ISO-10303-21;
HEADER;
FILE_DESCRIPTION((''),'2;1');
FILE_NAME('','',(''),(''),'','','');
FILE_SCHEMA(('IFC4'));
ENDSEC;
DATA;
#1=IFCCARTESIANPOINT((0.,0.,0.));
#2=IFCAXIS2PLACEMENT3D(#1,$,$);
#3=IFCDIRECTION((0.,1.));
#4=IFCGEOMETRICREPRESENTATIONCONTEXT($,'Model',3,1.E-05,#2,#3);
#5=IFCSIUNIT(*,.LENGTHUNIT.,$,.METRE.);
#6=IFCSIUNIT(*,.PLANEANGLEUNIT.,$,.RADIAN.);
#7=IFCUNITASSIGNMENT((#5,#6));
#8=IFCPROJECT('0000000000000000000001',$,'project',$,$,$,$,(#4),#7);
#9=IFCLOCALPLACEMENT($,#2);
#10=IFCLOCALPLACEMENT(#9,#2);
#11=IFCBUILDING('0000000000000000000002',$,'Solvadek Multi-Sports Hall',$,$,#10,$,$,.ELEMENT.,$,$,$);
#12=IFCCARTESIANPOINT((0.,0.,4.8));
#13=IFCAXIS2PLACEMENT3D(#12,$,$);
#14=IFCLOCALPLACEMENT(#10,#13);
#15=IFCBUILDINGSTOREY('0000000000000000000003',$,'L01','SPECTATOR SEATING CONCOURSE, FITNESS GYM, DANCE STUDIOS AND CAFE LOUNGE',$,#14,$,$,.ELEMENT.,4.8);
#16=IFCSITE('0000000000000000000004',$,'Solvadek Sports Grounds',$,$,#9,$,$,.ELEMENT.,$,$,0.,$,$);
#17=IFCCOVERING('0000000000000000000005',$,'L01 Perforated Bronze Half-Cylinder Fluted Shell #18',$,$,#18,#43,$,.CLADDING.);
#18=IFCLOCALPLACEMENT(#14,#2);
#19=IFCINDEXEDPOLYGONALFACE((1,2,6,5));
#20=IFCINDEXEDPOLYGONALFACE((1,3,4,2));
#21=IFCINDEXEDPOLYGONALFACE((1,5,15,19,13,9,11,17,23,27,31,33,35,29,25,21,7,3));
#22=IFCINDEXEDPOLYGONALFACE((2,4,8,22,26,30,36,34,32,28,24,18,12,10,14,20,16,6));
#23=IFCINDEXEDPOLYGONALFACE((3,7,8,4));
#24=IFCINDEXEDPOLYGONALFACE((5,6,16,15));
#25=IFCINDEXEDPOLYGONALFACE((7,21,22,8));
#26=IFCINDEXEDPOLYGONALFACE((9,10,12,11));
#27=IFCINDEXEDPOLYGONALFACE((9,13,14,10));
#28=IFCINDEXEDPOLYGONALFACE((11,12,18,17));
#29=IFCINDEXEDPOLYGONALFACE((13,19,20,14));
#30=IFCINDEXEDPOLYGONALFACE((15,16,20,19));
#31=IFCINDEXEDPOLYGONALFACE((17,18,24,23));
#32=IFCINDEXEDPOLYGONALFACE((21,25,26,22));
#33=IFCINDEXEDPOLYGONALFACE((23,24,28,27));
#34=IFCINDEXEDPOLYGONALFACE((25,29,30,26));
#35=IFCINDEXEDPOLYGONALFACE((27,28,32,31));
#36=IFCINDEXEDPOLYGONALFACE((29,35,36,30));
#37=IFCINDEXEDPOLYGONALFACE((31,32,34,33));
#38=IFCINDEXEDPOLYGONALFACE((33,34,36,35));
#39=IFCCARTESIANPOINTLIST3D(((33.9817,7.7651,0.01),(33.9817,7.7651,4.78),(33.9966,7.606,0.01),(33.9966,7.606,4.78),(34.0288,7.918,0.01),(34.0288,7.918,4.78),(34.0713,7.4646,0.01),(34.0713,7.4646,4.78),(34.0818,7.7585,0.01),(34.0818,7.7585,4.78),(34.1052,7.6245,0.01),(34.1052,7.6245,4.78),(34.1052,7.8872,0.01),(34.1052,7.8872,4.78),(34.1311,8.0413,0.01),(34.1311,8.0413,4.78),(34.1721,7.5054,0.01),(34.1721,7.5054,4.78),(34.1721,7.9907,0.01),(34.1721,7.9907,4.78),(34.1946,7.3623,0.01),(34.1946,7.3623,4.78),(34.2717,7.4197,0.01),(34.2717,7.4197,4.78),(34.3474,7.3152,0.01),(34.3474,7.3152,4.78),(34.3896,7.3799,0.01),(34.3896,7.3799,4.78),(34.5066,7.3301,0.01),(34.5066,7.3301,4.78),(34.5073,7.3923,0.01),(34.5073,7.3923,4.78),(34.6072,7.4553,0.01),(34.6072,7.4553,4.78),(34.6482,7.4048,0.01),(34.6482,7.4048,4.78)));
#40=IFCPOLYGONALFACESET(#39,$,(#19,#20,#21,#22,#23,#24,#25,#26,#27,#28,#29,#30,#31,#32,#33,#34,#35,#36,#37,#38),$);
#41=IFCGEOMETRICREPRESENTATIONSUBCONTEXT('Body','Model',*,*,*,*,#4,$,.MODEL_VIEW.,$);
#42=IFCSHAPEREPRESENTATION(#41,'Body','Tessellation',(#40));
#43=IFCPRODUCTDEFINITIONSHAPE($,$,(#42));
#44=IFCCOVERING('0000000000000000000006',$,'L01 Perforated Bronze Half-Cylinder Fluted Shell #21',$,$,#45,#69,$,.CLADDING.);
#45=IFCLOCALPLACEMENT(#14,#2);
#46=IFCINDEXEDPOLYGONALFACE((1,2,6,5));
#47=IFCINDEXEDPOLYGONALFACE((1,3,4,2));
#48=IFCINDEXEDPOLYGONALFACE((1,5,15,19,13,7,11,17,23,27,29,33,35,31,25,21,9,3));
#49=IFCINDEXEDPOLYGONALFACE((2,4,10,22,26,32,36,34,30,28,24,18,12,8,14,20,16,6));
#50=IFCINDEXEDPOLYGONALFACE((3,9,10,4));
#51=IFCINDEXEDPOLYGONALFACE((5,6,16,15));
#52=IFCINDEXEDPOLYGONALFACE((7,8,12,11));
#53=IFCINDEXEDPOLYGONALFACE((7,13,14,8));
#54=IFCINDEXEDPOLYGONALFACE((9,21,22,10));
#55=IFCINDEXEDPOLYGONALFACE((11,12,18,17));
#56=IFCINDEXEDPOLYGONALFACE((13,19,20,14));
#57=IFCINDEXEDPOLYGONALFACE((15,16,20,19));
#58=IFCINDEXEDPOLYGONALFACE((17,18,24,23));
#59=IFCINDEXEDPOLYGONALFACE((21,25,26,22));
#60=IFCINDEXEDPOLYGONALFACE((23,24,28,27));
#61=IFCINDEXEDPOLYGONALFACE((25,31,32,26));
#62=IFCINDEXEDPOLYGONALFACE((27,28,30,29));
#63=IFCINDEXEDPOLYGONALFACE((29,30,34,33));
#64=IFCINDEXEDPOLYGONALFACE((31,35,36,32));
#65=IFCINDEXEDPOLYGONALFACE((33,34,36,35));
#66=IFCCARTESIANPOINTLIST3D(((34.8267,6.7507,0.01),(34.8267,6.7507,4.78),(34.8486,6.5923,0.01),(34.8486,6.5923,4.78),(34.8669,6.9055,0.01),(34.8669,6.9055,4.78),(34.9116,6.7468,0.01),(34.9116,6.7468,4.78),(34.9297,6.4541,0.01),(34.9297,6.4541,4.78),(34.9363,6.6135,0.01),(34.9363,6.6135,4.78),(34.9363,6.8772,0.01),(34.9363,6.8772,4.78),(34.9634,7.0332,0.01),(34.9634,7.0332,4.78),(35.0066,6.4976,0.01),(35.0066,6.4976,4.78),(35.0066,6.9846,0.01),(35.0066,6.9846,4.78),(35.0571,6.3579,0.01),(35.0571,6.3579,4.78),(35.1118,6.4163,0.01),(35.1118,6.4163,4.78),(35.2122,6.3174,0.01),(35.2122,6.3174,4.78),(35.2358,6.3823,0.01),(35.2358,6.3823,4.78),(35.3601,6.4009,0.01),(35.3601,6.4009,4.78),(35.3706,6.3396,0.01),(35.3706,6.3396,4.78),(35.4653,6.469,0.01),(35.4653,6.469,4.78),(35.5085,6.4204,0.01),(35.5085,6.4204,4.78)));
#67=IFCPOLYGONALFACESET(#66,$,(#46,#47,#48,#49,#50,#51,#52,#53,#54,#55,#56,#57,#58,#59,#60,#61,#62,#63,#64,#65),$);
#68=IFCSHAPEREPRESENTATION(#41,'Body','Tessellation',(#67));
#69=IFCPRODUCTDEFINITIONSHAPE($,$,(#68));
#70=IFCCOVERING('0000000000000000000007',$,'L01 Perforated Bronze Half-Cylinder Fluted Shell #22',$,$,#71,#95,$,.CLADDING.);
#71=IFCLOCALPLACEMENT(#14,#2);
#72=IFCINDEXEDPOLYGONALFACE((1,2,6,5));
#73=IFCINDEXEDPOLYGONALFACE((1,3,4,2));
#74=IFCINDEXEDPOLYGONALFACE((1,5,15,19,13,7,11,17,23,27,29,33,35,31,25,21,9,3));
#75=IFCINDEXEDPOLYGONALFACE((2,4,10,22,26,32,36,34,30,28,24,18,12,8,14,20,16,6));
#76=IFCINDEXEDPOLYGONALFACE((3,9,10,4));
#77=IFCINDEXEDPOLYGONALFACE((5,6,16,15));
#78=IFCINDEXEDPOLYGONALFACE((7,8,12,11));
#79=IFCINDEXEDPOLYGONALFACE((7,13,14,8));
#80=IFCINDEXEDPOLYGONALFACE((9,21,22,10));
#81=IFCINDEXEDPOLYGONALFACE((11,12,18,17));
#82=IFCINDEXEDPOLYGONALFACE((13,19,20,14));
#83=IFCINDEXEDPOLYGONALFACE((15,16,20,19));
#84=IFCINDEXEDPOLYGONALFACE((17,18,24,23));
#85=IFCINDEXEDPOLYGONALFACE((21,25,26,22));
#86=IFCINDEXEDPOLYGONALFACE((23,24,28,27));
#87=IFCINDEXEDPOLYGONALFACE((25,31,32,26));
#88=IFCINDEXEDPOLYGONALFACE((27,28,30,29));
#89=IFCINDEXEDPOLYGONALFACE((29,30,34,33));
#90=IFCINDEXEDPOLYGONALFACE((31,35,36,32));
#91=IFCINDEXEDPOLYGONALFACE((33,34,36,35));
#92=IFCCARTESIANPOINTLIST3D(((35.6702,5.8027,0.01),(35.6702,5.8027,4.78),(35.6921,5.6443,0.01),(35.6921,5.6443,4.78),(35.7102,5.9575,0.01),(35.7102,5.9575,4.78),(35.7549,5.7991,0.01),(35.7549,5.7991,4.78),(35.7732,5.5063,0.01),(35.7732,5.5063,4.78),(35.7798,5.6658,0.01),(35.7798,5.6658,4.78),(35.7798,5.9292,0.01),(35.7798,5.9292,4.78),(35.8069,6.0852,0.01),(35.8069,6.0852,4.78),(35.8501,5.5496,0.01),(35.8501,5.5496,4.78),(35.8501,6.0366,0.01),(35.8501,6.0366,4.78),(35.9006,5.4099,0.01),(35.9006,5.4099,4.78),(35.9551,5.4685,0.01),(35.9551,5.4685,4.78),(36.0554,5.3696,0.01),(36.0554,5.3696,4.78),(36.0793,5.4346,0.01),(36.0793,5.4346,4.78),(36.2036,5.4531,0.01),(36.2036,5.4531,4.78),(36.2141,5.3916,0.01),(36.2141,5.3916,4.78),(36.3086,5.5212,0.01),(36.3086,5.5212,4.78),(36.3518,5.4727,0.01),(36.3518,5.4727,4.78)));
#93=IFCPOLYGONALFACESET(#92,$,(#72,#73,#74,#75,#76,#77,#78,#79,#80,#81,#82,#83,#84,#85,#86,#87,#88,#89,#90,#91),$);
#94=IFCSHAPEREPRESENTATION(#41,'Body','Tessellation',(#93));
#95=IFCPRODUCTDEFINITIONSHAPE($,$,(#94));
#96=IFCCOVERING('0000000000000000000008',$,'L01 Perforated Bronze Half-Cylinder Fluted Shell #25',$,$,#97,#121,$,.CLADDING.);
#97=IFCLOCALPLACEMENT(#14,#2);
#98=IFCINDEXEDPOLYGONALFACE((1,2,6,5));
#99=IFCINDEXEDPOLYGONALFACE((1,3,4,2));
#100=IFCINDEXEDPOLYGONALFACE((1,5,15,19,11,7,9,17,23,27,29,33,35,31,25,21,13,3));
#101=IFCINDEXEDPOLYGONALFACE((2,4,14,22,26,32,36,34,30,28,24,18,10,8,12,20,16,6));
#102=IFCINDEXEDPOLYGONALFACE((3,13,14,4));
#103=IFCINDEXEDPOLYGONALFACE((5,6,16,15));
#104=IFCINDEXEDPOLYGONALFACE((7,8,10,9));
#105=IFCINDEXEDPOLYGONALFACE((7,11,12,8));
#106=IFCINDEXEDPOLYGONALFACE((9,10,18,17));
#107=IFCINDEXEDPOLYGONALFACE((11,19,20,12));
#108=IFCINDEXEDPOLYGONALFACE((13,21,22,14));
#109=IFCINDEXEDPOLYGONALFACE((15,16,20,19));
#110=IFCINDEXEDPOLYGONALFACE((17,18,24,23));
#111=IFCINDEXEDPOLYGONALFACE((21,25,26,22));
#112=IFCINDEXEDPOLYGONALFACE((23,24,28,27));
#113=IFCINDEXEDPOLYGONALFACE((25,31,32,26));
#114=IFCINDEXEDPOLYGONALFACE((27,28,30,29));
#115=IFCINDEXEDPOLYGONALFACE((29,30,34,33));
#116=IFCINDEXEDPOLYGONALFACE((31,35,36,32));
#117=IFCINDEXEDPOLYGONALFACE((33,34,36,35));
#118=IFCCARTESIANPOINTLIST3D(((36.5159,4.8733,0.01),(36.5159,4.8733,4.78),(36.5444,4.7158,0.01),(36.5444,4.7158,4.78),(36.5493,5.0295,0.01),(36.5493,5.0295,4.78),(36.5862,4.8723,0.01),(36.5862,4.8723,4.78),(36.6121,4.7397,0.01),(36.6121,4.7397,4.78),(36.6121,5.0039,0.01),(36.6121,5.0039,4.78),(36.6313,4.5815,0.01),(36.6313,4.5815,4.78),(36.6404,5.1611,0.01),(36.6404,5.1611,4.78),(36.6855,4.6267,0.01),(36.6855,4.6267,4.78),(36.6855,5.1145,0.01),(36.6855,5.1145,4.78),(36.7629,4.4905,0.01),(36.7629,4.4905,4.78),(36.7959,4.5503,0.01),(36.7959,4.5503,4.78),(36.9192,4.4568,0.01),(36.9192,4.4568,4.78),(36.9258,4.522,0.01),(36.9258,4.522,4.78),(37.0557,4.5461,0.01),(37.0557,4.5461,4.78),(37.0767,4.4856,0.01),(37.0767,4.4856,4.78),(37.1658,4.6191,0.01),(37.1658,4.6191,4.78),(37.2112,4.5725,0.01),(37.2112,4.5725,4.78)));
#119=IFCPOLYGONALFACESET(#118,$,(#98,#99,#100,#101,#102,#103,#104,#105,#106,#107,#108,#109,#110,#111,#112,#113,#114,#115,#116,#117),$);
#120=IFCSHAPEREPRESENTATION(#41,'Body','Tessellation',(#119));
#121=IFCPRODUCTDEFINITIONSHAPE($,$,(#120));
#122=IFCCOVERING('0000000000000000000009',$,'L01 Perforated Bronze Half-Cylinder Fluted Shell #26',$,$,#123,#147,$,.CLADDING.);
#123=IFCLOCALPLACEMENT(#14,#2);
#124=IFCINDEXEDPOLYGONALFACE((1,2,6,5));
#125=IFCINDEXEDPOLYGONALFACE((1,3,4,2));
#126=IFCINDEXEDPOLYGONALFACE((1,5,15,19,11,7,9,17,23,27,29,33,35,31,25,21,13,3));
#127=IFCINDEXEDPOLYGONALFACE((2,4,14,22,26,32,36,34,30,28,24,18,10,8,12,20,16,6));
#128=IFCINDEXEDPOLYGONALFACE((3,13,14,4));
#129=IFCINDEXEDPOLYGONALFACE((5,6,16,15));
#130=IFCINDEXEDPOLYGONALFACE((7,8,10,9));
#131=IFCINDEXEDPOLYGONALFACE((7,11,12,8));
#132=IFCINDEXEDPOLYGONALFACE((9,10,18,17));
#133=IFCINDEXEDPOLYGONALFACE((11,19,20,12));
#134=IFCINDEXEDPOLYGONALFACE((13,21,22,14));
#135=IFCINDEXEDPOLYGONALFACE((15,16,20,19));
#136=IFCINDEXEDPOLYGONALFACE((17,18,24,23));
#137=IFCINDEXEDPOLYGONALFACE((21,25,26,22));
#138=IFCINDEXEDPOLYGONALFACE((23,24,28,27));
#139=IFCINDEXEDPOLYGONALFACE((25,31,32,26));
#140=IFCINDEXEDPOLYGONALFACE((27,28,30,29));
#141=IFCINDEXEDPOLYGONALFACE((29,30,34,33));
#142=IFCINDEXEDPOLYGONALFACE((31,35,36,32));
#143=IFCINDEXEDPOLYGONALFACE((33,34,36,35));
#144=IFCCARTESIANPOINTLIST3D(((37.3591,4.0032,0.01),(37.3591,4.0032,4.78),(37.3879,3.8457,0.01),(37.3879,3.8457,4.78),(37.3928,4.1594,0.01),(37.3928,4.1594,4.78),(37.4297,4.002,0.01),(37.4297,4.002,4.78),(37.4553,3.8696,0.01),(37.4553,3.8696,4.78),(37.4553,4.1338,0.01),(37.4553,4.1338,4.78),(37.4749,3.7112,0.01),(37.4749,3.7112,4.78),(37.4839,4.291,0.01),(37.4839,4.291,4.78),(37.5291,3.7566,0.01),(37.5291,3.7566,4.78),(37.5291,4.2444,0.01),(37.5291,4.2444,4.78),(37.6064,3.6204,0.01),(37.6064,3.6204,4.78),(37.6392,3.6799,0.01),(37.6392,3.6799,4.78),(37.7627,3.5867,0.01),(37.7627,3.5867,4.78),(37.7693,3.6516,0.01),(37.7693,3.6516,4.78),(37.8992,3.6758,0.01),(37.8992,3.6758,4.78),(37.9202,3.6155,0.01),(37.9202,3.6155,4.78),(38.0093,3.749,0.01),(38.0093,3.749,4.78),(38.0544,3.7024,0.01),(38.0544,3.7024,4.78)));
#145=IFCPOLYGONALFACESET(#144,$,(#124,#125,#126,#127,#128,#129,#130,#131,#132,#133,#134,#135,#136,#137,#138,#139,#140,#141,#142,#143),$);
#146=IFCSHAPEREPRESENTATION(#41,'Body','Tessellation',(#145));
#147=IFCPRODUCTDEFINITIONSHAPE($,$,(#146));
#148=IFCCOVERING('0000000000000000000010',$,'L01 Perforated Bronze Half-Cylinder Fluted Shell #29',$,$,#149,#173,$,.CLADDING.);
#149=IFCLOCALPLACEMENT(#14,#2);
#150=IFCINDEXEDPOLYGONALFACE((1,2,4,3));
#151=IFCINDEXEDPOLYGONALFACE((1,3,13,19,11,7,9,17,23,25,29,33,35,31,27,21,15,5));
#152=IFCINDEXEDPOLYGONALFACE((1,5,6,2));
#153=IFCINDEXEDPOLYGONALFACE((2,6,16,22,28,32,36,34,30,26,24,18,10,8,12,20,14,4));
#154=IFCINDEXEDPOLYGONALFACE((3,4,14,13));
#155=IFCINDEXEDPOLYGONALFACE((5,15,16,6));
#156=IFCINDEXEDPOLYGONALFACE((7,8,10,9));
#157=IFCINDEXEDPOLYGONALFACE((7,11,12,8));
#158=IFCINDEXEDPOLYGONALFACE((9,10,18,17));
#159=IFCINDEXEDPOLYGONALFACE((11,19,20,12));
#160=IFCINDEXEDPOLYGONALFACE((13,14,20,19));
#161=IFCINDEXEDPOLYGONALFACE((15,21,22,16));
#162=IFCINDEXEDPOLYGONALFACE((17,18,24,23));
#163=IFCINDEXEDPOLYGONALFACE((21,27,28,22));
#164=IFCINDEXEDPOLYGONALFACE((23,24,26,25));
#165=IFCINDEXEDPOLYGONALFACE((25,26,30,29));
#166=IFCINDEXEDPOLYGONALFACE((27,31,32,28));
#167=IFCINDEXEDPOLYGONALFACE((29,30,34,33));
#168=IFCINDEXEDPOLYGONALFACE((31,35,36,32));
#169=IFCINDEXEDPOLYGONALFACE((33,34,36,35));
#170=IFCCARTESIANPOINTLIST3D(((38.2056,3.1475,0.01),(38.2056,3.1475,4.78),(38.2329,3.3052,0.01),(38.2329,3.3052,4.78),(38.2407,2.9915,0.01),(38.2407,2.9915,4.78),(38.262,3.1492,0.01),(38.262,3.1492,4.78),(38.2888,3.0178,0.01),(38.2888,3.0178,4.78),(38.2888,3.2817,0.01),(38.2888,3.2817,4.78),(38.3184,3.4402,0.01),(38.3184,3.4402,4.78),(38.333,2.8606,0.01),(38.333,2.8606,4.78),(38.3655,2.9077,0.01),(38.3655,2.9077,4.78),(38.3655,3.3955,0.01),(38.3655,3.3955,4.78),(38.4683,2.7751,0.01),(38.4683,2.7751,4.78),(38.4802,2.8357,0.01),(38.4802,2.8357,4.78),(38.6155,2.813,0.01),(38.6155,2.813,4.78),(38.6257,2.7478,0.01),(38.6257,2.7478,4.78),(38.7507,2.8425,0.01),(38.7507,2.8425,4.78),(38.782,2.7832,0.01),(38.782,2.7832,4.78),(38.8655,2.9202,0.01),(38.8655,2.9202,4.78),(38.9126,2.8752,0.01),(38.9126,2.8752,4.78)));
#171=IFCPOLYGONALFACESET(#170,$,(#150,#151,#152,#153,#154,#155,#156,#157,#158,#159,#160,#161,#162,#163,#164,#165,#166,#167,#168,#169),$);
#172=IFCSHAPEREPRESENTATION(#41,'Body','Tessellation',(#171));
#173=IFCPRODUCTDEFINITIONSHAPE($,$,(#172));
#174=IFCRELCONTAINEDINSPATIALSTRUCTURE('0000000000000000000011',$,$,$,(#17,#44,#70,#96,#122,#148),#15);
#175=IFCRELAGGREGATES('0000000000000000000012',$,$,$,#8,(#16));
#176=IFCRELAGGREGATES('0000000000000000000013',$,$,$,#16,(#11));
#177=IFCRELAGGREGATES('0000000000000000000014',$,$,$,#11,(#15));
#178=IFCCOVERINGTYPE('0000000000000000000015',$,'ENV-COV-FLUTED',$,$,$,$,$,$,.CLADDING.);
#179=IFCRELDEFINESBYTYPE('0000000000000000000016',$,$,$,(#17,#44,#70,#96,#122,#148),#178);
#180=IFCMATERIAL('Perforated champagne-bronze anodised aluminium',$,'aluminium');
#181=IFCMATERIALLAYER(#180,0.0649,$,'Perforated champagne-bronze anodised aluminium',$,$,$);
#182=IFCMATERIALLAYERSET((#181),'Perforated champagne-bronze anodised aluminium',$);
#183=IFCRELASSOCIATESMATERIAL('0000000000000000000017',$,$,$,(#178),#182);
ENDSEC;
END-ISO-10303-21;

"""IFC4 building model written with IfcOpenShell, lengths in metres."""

from ifc_helpers import new_model, si_unit, direction, frame, origin, place, context, subcontext, project, spatial, polyline, outline, extrude, material, layer, layer_set, type_object, element, save


model = new_model("IFC4")

# Units and contexts
model_context = context("Model", 3, precision=1e-05, world=origin(), true_north=direction((0.0, 1.0)))
body_context = subcontext(model_context, "Body", "Model", "MODEL_VIEW")
ifc_project = project(units=[si_unit("LENGTHUNIT", "METRE"), si_unit("PLANEANGLEUNIT", "RADIAN")], contexts=[model_context])

# Site, building, storey
site_placement = place(None, origin())
site = spatial("IfcSite", under=ifc_project, at=site_placement, Name="Solvadek Sports Grounds", CompositionType="ELEMENT", RefElevation=0.0)
building_placement = place(site_placement, origin())
building = spatial("IfcBuilding", under=site, at=building_placement, Name="Solvadek Multi-Sports Hall", CompositionType="ELEMENT")
storey_placement = place(building_placement, frame((0.0, 0.0, 4.8)))
storey = spatial("IfcBuildingStorey", under=building, at=storey_placement, Name="L01", Description="SPECTATOR SEATING CONCOURSE, FITNESS GYM, DANCE STUDIOS AND CAFE LOUNGE", CompositionType="ELEMENT", Elevation=4.8)

# Coverings
ifc_material = material(Name="Perforated champagne-bronze anodised aluminium", Category="aluminium")
ifc_layer = layer(ifc_material, 0.0649, Name="Perforated champagne-bronze anodised aluminium")
ifc_layer_set = layer_set([ifc_layer], Name="Perforated champagne-bronze anodised aluminium")
covering_type = type_object("IfcCoveringType", Name="ENV-COV-FLUTED", PredefinedType="CLADDING", material=ifc_layer_set)
covering_1_placement = place(storey_placement, frame((0.0, 0.0, 0.01)))
element("IfcCovering", 1, at=covering_1_placement, inside=storey, type_object=covering_type, Name="L01 Perforated Bronze Half-Cylinder Fluted Shell #18", PredefinedType="CLADDING", context=body_context, shape_type="SweptSolid", body=[
    extrude(outline(polyline([(34.6482, 7.4048), (34.5066, 7.3301), (34.3474, 7.3152), (34.1946, 7.3623), (34.0713, 7.4646), (33.9966, 7.606), (33.9817, 7.7651), (34.0288, 7.918), (34.1311, 8.0413), (34.1721, 7.9907), (34.1052, 7.8872), (34.0818, 7.7585), (34.1052, 7.6245), (34.1721, 7.5054), (34.2717, 7.4197), (34.3896, 7.3799), (34.5073, 7.3923), (34.6072, 7.4553), (34.6482, 7.4048)])), origin(), (0.0, 0.0, 1.0), 4.77),
])
covering_2_placement = place(storey_placement, frame((0.0, 0.0, 0.01)))
element("IfcCovering", 2, at=covering_2_placement, inside=storey, type_object=covering_type, Name="L01 Perforated Bronze Half-Cylinder Fluted Shell #21", PredefinedType="CLADDING", context=body_context, shape_type="SweptSolid", body=[
    extrude(outline(polyline([(35.5085, 6.4204), (35.3706, 6.3396), (35.2122, 6.3174), (35.0571, 6.3579), (34.9297, 6.4541), (34.8486, 6.5923), (34.8267, 6.7507), (34.8669, 6.9055), (34.9634, 7.0332), (35.0066, 6.9846), (34.9363, 6.8772), (34.9116, 6.7468), (34.9363, 6.6135), (35.0066, 6.4976), (35.1118, 6.4163), (35.2358, 6.3823), (35.3601, 6.4009), (35.4653, 6.469), (35.5085, 6.4204)])), origin(), (0.0, 0.0, 1.0), 4.77),
])
covering_3_placement = place(storey_placement, frame((0.0, 0.0, 0.01)))
element("IfcCovering", 3, at=covering_3_placement, inside=storey, type_object=covering_type, Name="L01 Perforated Bronze Half-Cylinder Fluted Shell #22", PredefinedType="CLADDING", context=body_context, shape_type="SweptSolid", body=[
    extrude(outline(polyline([(36.3518, 5.4727), (36.2141, 5.3916), (36.0554, 5.3696), (35.9006, 5.4099), (35.7732, 5.5063), (35.6921, 5.6443), (35.6702, 5.8027), (35.7102, 5.9575), (35.8069, 6.0852), (35.8501, 6.0366), (35.7798, 5.9292), (35.7549, 5.7991), (35.7798, 5.6658), (35.8501, 5.5496), (35.9551, 5.4685), (36.0793, 5.4346), (36.2036, 5.4531), (36.3086, 5.5212), (36.3518, 5.4727)])), origin(), (0.0, 0.0, 1.0), 4.77),
])
covering_4_placement = place(storey_placement, frame((0.0, 0.0, 0.01)))
element("IfcCovering", 4, at=covering_4_placement, inside=storey, type_object=covering_type, Name="L01 Perforated Bronze Half-Cylinder Fluted Shell #25", PredefinedType="CLADDING", context=body_context, shape_type="SweptSolid", body=[
    extrude(outline(polyline([(37.2112, 4.5725), (37.0767, 4.4856), (36.9192, 4.4568), (36.7629, 4.4905), (36.6313, 4.5815), (36.5444, 4.7158), (36.5159, 4.8733), (36.5493, 5.0295), (36.6404, 5.1611), (36.6855, 5.1145), (36.6121, 5.0039), (36.5862, 4.8723), (36.6121, 4.7397), (36.6855, 4.6267), (36.7959, 4.5503), (36.9258, 4.522), (37.0557, 4.5461), (37.1658, 4.6191), (37.2112, 4.5725)])), origin(), (0.0, 0.0, 1.0), 4.77),
])
covering_5_placement = place(storey_placement, frame((0.0, 0.0, 0.01)))
element("IfcCovering", 5, at=covering_5_placement, inside=storey, type_object=covering_type, Name="L01 Perforated Bronze Half-Cylinder Fluted Shell #26", PredefinedType="CLADDING", context=body_context, shape_type="SweptSolid", body=[
    extrude(outline(polyline([(38.0544, 3.7024), (37.9202, 3.6155), (37.7627, 3.5867), (37.6064, 3.6204), (37.4749, 3.7112), (37.3879, 3.8457), (37.3591, 4.0032), (37.3928, 4.1594), (37.4839, 4.291), (37.5291, 4.2444), (37.4553, 4.1338), (37.4297, 4.002), (37.4553, 3.8696), (37.5291, 3.7566), (37.6392, 3.6799), (37.7693, 3.6516), (37.8992, 3.6758), (38.0093, 3.749), (38.0544, 3.7024)])), origin(), (0.0, 0.0, 1.0), 4.77),
])
covering_6_placement = place(storey_placement, frame((0.0, 0.0, 0.01)))
element("IfcCovering", 6, at=covering_6_placement, inside=storey, type_object=covering_type, Name="L01 Perforated Bronze Half-Cylinder Fluted Shell #29", PredefinedType="CLADDING", context=body_context, shape_type="SweptSolid", body=[
    extrude(outline(polyline([(38.9126, 2.8752), (38.782, 2.7832), (38.6257, 2.7478), (38.4683, 2.7751), (38.333, 2.8606), (38.2407, 2.9915), (38.2056, 3.1475), (38.2329, 3.3052), (38.3184, 3.4402), (38.3655, 3.3955), (38.2888, 3.2817), (38.262, 3.1492), (38.2888, 3.0178), (38.3655, 2.9077), (38.4802, 2.8357), (38.6155, 2.813), (38.7507, 2.8425), (38.8655, 2.9202), (38.9126, 2.8752)])), origin(), (0.0, 0.0, 1.0), 4.77),
])

save(model, "model.ifc")
